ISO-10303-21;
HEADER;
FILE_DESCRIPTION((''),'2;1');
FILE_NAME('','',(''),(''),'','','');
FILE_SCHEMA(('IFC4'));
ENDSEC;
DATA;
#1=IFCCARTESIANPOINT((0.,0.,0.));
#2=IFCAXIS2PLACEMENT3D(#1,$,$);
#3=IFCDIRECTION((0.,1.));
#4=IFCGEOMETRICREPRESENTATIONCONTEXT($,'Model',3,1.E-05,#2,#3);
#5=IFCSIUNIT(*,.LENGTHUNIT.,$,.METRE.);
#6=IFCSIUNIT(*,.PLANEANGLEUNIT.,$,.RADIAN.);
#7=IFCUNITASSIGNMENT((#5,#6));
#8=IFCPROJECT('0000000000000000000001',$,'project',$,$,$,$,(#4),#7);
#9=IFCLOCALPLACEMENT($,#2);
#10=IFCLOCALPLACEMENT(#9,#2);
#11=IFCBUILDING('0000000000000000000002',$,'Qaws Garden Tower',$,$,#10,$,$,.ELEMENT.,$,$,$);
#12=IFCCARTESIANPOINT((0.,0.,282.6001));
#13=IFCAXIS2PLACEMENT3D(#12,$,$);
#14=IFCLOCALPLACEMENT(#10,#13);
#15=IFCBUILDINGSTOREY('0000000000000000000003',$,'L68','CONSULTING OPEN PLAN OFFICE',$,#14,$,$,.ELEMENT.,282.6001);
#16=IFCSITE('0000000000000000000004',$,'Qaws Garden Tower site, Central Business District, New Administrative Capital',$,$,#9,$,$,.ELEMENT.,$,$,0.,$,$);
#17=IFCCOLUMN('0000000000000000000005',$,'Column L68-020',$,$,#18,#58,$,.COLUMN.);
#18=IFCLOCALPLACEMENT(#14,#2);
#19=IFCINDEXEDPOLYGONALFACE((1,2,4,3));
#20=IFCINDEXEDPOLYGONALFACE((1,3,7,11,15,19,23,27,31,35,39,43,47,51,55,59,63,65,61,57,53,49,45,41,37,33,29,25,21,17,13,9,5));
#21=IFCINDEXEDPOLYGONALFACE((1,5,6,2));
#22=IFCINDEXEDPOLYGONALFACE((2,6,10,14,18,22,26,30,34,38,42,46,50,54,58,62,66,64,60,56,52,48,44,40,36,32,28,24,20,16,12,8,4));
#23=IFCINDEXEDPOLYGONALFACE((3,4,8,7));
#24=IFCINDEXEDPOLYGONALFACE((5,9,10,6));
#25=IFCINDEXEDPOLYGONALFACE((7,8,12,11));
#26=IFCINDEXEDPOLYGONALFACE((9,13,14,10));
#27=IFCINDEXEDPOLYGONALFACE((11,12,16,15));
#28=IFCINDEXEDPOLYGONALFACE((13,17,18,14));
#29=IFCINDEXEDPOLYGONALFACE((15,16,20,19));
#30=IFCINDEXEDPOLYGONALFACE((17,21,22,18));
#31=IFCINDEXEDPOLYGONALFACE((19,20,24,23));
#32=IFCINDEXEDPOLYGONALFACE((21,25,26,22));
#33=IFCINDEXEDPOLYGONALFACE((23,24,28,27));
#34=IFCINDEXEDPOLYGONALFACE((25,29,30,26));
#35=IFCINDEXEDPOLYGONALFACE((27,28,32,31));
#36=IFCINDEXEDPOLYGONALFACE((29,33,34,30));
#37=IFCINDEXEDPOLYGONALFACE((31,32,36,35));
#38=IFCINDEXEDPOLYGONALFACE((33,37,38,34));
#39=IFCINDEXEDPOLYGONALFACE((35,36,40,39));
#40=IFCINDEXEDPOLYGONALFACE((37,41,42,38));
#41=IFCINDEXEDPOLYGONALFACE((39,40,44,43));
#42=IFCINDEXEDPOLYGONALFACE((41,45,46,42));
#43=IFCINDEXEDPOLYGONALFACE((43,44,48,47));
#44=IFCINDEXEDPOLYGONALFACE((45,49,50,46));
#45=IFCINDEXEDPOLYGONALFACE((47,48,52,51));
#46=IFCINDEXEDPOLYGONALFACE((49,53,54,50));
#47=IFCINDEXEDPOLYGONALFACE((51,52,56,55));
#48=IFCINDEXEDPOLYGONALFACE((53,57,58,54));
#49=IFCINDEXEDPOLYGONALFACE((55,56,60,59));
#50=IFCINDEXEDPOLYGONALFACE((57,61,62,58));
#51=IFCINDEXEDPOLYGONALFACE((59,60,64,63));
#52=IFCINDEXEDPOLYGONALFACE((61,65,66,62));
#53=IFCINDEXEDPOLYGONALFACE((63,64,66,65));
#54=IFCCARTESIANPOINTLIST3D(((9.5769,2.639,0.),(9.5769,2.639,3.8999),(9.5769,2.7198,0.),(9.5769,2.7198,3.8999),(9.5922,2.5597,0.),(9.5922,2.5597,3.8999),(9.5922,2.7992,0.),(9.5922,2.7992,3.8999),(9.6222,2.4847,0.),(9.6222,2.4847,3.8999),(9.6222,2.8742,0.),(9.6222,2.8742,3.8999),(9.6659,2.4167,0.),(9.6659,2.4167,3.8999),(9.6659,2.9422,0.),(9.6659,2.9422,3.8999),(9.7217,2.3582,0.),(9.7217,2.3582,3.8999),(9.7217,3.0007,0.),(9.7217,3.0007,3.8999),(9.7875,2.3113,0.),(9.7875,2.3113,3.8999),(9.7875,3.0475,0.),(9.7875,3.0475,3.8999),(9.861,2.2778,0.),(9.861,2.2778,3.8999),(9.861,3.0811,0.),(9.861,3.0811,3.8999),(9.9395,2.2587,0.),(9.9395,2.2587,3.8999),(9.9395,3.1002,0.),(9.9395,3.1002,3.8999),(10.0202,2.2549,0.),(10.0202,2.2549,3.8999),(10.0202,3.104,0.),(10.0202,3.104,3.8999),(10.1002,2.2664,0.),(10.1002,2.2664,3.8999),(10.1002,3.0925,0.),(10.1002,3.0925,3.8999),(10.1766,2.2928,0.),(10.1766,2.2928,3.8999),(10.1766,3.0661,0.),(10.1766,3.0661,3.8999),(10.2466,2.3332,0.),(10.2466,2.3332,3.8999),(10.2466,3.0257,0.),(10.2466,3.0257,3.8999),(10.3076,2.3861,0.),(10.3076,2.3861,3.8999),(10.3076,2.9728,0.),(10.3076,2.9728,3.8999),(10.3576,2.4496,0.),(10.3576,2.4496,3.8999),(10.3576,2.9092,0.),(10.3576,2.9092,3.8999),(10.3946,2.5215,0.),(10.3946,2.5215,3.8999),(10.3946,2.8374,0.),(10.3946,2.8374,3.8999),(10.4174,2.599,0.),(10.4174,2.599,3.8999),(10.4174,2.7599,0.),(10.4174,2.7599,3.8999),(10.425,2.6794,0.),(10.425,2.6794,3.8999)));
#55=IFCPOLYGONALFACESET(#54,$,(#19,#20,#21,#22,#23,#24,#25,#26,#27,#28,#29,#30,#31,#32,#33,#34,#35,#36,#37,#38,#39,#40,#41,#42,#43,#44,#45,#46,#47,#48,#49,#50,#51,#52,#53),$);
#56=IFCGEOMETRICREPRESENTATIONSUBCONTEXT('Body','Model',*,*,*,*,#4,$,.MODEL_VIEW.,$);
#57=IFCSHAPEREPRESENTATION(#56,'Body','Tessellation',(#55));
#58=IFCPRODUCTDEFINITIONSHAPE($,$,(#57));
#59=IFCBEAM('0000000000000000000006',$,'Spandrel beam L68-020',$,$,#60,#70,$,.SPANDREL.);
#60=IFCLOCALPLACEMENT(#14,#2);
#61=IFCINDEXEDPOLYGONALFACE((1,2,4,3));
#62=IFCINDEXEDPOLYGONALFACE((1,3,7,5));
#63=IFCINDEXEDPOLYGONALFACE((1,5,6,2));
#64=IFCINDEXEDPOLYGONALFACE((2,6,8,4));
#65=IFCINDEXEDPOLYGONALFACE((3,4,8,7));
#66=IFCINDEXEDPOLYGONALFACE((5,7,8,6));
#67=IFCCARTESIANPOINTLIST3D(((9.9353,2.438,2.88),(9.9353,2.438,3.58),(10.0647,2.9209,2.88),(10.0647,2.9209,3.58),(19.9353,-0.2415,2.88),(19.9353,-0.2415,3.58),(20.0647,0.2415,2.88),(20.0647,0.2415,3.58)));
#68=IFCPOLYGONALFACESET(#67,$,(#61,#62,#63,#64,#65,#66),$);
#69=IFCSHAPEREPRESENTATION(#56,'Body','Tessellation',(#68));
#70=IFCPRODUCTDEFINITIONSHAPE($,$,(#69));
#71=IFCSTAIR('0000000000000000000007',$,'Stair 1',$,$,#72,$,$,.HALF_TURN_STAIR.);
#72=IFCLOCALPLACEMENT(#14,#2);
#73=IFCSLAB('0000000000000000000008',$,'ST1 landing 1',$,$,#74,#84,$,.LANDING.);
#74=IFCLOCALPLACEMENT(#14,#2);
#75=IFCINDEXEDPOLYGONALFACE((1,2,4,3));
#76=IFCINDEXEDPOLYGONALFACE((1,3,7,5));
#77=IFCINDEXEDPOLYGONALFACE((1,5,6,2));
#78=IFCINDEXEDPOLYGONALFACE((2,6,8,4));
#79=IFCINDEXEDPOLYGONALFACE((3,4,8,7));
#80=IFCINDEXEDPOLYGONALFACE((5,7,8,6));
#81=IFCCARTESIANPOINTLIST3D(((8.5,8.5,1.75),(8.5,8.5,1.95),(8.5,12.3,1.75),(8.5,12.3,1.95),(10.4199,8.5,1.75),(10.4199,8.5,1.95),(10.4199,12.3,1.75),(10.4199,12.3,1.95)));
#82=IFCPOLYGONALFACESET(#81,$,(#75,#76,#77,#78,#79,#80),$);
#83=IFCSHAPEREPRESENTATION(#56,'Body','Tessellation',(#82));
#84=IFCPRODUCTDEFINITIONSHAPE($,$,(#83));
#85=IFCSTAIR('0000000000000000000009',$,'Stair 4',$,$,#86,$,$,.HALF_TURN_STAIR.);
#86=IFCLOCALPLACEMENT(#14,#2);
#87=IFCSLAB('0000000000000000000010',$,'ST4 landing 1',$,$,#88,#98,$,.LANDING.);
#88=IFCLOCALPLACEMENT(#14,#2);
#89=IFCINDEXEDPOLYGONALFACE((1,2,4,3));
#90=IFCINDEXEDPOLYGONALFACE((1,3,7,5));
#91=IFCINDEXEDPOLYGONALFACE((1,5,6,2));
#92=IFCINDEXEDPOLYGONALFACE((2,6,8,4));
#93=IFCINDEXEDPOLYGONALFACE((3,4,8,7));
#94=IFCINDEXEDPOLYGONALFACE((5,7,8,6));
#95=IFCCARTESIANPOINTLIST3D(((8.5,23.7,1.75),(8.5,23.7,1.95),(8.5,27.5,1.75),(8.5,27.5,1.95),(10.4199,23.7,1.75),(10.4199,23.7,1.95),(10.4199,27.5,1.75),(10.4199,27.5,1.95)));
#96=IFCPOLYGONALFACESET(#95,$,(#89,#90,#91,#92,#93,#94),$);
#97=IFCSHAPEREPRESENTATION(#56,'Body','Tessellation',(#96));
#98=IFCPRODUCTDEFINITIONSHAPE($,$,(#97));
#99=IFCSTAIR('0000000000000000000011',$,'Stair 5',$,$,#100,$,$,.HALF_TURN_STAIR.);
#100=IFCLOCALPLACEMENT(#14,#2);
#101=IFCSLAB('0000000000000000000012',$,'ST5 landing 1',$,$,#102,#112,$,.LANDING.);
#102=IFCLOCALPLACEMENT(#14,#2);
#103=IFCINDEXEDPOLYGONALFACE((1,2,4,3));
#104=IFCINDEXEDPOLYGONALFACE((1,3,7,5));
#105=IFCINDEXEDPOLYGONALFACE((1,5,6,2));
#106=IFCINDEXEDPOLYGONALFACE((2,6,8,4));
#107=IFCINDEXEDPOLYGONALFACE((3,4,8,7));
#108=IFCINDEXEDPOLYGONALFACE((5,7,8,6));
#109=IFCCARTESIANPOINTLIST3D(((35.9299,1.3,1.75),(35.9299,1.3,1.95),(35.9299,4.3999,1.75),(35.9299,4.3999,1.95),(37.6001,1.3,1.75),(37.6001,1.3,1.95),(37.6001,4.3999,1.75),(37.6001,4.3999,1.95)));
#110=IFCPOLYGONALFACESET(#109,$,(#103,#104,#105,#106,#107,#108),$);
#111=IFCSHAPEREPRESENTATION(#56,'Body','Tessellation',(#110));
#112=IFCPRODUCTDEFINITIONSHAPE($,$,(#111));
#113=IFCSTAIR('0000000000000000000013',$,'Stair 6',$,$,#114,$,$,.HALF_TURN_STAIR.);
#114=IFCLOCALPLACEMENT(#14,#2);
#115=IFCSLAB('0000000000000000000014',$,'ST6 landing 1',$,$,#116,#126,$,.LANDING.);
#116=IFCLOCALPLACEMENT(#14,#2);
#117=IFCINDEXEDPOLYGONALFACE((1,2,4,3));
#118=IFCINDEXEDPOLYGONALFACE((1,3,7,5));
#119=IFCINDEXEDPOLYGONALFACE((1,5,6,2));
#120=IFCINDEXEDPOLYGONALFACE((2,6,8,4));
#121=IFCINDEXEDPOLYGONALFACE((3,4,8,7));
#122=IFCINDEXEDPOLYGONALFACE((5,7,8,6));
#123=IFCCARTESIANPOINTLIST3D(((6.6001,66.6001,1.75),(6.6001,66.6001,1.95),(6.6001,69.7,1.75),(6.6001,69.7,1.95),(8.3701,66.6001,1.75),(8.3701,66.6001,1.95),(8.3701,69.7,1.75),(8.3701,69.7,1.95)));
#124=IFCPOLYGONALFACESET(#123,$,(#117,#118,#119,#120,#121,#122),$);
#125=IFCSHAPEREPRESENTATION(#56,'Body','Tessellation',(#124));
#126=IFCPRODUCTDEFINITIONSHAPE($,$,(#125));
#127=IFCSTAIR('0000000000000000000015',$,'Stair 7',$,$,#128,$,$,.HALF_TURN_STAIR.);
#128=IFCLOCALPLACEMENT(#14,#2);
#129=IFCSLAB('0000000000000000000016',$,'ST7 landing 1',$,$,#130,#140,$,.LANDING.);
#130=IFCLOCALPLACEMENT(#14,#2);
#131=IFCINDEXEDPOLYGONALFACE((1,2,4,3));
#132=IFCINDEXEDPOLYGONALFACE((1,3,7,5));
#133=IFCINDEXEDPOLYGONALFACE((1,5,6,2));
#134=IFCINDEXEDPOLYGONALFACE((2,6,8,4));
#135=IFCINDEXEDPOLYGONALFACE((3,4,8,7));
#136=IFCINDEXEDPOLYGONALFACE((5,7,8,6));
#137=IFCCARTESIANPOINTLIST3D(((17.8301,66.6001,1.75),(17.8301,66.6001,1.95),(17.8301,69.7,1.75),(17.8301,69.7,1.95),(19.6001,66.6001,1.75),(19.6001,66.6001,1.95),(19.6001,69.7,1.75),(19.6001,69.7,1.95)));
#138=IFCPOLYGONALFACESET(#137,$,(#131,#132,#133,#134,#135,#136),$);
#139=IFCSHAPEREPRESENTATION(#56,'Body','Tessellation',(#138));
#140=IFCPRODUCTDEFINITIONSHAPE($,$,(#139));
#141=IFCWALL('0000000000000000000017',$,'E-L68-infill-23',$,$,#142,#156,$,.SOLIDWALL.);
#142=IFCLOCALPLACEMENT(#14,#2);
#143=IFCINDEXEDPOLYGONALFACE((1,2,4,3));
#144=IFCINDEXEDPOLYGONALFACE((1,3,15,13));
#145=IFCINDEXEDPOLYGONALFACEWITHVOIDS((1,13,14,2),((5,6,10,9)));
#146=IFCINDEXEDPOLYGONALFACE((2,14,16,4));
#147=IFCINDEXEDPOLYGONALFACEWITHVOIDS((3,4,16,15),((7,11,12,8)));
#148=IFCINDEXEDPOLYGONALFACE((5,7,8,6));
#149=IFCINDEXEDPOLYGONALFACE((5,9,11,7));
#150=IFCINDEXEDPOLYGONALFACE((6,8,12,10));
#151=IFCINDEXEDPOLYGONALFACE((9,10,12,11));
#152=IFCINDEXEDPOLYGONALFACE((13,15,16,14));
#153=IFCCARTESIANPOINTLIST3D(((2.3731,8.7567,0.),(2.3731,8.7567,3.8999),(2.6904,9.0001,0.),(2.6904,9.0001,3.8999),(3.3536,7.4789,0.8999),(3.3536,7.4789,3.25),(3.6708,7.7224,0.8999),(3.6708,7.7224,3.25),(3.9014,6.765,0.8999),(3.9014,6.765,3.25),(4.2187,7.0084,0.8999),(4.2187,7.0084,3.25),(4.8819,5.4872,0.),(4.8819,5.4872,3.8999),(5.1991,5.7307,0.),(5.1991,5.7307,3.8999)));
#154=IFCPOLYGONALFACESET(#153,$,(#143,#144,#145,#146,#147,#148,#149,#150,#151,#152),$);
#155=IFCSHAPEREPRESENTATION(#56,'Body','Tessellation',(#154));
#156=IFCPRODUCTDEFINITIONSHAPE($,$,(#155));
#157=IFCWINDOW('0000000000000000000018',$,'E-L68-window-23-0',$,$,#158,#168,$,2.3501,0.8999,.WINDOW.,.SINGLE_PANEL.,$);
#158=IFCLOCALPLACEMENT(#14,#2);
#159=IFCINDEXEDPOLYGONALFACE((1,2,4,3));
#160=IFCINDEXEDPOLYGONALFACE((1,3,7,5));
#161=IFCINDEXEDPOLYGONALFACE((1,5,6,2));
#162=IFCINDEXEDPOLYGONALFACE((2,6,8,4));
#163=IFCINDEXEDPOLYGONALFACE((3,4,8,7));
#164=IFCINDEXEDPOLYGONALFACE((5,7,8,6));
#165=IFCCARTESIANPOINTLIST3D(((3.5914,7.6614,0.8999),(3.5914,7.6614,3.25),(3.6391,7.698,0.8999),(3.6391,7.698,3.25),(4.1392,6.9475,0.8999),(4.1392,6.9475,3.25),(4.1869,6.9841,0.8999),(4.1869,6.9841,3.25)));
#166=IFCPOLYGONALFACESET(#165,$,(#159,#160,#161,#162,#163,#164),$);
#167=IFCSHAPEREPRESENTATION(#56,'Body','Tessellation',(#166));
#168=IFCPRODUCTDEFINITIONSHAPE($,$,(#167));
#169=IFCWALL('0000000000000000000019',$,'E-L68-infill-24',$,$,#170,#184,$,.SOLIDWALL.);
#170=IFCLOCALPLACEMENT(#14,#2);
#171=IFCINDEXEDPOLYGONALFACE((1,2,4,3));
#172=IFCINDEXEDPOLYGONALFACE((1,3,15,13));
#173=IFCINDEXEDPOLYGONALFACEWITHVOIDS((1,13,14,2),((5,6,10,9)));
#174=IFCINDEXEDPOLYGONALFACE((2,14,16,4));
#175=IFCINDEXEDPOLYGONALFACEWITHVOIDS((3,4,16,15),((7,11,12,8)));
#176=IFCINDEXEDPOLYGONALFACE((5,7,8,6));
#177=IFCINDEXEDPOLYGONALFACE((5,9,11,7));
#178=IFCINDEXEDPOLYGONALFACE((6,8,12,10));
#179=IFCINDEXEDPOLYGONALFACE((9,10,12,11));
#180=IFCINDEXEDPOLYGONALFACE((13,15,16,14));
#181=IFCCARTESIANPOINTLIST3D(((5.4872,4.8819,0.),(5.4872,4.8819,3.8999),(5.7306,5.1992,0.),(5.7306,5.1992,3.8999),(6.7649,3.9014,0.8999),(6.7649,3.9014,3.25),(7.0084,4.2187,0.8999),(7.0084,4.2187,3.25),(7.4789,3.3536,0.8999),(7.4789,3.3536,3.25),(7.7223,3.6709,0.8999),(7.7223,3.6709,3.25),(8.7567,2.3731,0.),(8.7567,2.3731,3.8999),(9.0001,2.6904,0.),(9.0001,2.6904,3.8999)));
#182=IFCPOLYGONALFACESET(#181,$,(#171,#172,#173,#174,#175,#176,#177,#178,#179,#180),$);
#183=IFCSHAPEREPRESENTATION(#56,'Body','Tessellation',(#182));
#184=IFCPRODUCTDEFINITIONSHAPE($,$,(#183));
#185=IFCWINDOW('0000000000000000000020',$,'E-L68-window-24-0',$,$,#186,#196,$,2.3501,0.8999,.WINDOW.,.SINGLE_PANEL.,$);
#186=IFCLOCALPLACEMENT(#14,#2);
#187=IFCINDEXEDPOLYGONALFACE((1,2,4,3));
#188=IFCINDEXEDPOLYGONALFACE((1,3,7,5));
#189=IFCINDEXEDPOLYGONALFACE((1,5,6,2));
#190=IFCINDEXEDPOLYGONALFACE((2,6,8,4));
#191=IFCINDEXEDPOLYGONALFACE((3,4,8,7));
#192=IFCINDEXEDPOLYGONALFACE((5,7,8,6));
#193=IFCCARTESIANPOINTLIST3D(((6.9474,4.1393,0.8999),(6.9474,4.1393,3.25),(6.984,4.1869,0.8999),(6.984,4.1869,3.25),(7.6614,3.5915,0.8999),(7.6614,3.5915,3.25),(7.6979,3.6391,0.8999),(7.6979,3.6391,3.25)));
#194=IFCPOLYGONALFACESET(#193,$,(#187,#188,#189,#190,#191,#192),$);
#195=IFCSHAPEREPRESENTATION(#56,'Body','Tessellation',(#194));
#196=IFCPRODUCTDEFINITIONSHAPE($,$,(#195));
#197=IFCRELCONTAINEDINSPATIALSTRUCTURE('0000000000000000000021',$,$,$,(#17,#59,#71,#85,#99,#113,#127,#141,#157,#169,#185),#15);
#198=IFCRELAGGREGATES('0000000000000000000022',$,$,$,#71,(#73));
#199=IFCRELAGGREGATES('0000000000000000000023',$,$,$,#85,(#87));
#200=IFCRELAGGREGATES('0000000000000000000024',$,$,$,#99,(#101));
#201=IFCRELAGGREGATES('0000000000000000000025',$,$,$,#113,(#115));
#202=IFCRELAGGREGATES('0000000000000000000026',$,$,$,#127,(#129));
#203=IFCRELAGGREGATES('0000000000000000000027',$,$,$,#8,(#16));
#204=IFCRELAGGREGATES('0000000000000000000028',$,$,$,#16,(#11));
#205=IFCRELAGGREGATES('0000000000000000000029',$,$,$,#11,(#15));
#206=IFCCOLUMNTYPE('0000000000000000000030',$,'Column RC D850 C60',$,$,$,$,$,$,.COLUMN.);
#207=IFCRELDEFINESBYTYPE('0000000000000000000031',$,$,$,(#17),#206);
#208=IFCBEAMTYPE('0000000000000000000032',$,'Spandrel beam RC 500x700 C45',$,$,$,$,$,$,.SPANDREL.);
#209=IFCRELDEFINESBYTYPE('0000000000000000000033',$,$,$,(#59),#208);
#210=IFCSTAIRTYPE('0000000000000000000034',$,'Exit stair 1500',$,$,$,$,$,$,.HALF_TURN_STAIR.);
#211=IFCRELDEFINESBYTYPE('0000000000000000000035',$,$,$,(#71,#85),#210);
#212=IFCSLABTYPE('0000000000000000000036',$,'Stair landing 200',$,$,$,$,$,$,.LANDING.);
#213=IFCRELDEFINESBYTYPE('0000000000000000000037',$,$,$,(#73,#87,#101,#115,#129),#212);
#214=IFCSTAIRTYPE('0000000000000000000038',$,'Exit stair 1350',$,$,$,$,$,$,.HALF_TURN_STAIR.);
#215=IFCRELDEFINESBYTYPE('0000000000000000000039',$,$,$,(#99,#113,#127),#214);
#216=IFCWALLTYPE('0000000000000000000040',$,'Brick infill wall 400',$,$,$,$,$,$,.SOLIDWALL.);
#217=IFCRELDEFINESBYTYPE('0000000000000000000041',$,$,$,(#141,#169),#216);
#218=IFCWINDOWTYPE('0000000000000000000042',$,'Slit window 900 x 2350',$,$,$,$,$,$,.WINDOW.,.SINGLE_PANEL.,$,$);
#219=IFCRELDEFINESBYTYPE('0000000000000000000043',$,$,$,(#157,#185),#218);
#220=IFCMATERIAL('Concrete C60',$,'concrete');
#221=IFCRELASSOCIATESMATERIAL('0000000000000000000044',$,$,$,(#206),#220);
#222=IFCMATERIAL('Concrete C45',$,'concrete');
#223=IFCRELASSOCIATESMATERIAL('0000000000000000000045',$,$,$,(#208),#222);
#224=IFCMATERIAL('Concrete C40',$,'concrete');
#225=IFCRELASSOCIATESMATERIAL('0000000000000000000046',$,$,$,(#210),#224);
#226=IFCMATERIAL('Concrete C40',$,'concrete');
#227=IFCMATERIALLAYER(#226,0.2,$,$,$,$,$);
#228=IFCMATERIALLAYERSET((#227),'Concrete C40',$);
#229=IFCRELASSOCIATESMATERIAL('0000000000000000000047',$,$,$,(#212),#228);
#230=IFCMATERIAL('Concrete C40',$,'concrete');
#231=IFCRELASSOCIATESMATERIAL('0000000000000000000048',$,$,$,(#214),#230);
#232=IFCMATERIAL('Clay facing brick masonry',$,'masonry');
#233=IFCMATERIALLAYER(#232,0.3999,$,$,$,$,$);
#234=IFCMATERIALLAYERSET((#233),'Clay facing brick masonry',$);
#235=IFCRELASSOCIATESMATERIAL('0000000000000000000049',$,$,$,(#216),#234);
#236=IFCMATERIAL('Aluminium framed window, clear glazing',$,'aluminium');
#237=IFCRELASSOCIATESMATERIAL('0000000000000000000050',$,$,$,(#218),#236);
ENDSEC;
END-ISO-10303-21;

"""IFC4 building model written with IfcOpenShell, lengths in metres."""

from ifc_helpers import new_model, si_unit, direction, frame, frame_2d, origin, origin_2d, place, context, subcontext, project, spatial, polyline, rectangle, circle, outline, extrude, material, layer, layer_set, material_profile, profile_set, type_object, element, fill, aggregate, save


model = new_model("IFC4")

# Units and contexts
model_context = context("Model", 3, precision=1e-05, world=origin(), true_north=direction((0.0, 1.0)))
body_context = subcontext(model_context, "Body", "Model", "MODEL_VIEW")
ifc_project = project(units=[si_unit("LENGTHUNIT", "METRE"), si_unit("PLANEANGLEUNIT", "RADIAN")], contexts=[model_context])

# Site, building, storey
site_placement = place(None, origin())
site = spatial("IfcSite", under=ifc_project, at=site_placement, Name="Qaws Garden Tower site, Central Business District, New Administrative Capital", CompositionType="ELEMENT", RefElevation=0.0)
building_placement = place(site_placement, origin())
building = spatial("IfcBuilding", under=site, at=building_placement, Name="Qaws Garden Tower", CompositionType="ELEMENT")
storey_placement = place(building_placement, frame((0.0, 0.0, 282.6001)))
storey = spatial("IfcBuildingStorey", under=building, at=storey_placement, Name="L68", Description="CONSULTING OPEN PLAN OFFICE", CompositionType="ELEMENT", Elevation=282.6001)

# Column
ifc_material_1 = material(Name="Concrete C60", Category="concrete")
ifc_material_profile_1 = material_profile(ifc_material_1, circle(Radius=0.425, at=origin_2d()), Name="RC D850")
ifc_profile_set_1 = profile_set([ifc_material_profile_1], Name="Concrete C60")
column_type = type_object("IfcColumnType", Name="Column RC D850 C60", PredefinedType="COLUMN", material=ifc_profile_set_1)
column_placement = place(storey_placement, frame((10.0, 2.6794, 0.0), z_axis=(0.0, 0.0, 1.0), x_axis=(1.0, 0.0, 0.0)))
element("IfcColumn", 1, at=column_placement, inside=storey, type_object=column_type, Name="Column L68-020", PredefinedType="COLUMN", context=body_context, shape_type="SweptSolid", body=[
    extrude(circle(Radius=0.425, at=origin_2d()), origin(), (0.0, 0.0, 1.0), 3.8999),
])

# Beam
ifc_material_2 = material(Name="Concrete C45", Category="concrete")
ifc_material_profile_2 = material_profile(ifc_material_2, rectangle(XDim=0.5, YDim=0.7, at=origin_2d()), Name="RC 500x700")
ifc_profile_set_2 = profile_set([ifc_material_profile_2], Name="Concrete C45")
beam_type = type_object("IfcBeamType", Name="Spandrel beam RC 500x700 C45", PredefinedType="SPANDREL", material=ifc_profile_set_2)
beam_placement = place(storey_placement, frame((10.0, 2.6794, 3.23), z_axis=(0.965927, -0.258815, 0.0), x_axis=(0.258815, 0.965927, 0.0)))
element("IfcBeam", 2, at=beam_placement, inside=storey, type_object=beam_type, Name="Spandrel beam L68-020", PredefinedType="SPANDREL", context=body_context, shape_type="SweptSolid", body=[
    extrude(rectangle(XDim=0.5, YDim=0.7, at=origin_2d()), origin(), (0.0, 0.0, 1.0), 10.3528),
])

# Stairs, slabs
ifc_material_3 = material(Name="Concrete C40", Category="concrete")
stair_type_1 = type_object("IfcStairType", Name="Exit stair 1500", PredefinedType="HALF_TURN_STAIR", material=ifc_material_3)
placement_1 = place(storey_placement, origin())
stair_1 = element("IfcStair", 3, at=placement_1, inside=storey, type_object=stair_type_1, Name="Stair 1", PredefinedType="HALF_TURN_STAIR")
ifc_material_4 = material(Name="Concrete C40", Category="concrete")
ifc_layer_1 = layer(ifc_material_4, 0.2)
ifc_layer_set_1 = layer_set([ifc_layer_1], Name="Concrete C40")
slab_type = type_object("IfcSlabType", Name="Stair landing 200", PredefinedType="LANDING", material=ifc_layer_set_1)
placement_2 = place(storey_placement, frame((0.0, 0.0, 1.75)))
slab_1 = element("IfcSlab", 4, at=placement_2, type_object=slab_type, Name="ST1 landing 1", PredefinedType="LANDING", context=body_context, shape_type="SweptSolid", body=[
    extrude(outline(polyline([(8.5, 8.5), (10.4199, 8.5), (10.4199, 12.3), (8.5, 12.3), (8.5, 8.5)])), origin(), (0.0, 0.0, 1.0), 0.2),
])
aggregate(stair_1, [slab_1])
stair_2 = element("IfcStair", 5, at=placement_1, inside=storey, type_object=stair_type_1, Name="Stair 4", PredefinedType="HALF_TURN_STAIR")
slab_2 = element("IfcSlab", 6, at=placement_2, type_object=slab_type, Name="ST4 landing 1", PredefinedType="LANDING", context=body_context, shape_type="SweptSolid", body=[
    extrude(outline(polyline([(8.5, 23.7), (10.4199, 23.7), (10.4199, 27.5), (8.5, 27.5), (8.5, 23.7)])), origin(), (0.0, 0.0, 1.0), 0.2),
])
aggregate(stair_2, [slab_2])
ifc_material_5 = material(Name="Concrete C40", Category="concrete")
stair_type_2 = type_object("IfcStairType", Name="Exit stair 1350", PredefinedType="HALF_TURN_STAIR", material=ifc_material_5)
stair_3 = element("IfcStair", 7, at=placement_1, inside=storey, type_object=stair_type_2, Name="Stair 5", PredefinedType="HALF_TURN_STAIR")
slab_3 = element("IfcSlab", 8, at=placement_2, type_object=slab_type, Name="ST5 landing 1", PredefinedType="LANDING", context=body_context, shape_type="SweptSolid", body=[
    extrude(outline(polyline([(35.9299, 1.3), (37.6001, 1.3), (37.6001, 4.3999), (35.9299, 4.3999), (35.9299, 1.3)])), origin(), (0.0, 0.0, 1.0), 0.2),
])
aggregate(stair_3, [slab_3])
stair_4 = element("IfcStair", 9, at=placement_1, inside=storey, type_object=stair_type_2, Name="Stair 6", PredefinedType="HALF_TURN_STAIR")
slab_4 = element("IfcSlab", 10, at=placement_2, type_object=slab_type, Name="ST6 landing 1", PredefinedType="LANDING", context=body_context, shape_type="SweptSolid", body=[
    extrude(outline(polyline([(6.6001, 66.6001), (8.3701, 66.6001), (8.3701, 69.7), (6.6001, 69.7), (6.6001, 66.6001)])), origin(), (0.0, 0.0, 1.0), 0.2),
])
aggregate(stair_4, [slab_4])
stair_5 = element("IfcStair", 11, at=placement_1, inside=storey, type_object=stair_type_2, Name="Stair 7", PredefinedType="HALF_TURN_STAIR")
slab_5 = element("IfcSlab", 12, at=placement_2, type_object=slab_type, Name="ST7 landing 1", PredefinedType="LANDING", context=body_context, shape_type="SweptSolid", body=[
    extrude(outline(polyline([(17.8301, 66.6001), (19.6001, 66.6001), (19.6001, 69.7), (17.8301, 69.7), (17.8301, 66.6001)])), origin(), (0.0, 0.0, 1.0), 0.2),
])
aggregate(stair_5, [slab_5])

# Walls, openings, windows
ifc_material_6 = material(Name="Clay facing brick masonry", Category="masonry")
ifc_layer_2 = layer(ifc_material_6, 0.3999)
ifc_layer_set_2 = layer_set([ifc_layer_2], Name="Clay facing brick masonry")
wall_type_1 = type_object("IfcWallType", Name="Brick infill wall 400", PredefinedType="SOLIDWALL", material=ifc_layer_set_2)
wall_1_placement = place(storey_placement, frame((2.5317, 8.8784, 0.0), z_axis=(0.0, 0.0, 1.0), x_axis=(0.60876, -0.793355, 0.0)))
wall_1 = element("IfcWall", 13, at=wall_1_placement, inside=storey, type_object=wall_type_1, Name="E-L68-infill-23", PredefinedType="SOLIDWALL", context=body_context, shape_type="SweptSolid", body=[
    extrude(rectangle(XDim=4.1211, YDim=0.3999, at=frame_2d((2.0605, 0.0))), origin(), (0.0, 0.0, 1.0), 3.8999),
])
opening_1_placement = place(wall_1_placement, frame((1.6106, 0.0, 0.8999)))
opening_1 = element("IfcOpeningElement", 14, at=opening_1_placement, cuts=wall_1, PredefinedType="OPENING", context=body_context, shape_type="SweptSolid", body=[
    extrude(rectangle(XDim=0.8999, YDim=2.3501, at=frame_2d((0.45, 1.175))), frame((0.0, 0.21, 0.0), z_axis=(0.0, -1.0, 0.0), x_axis=(1.0, 0.0, 0.0)), (0.0, 0.0, 1.0), 0.4199),
])
ifc_material_7 = material(Name="Aluminium framed window, clear glazing", Category="aluminium")
window_type = type_object("IfcWindowType", Name="Slit window 900 x 2350", PartitioningType="SINGLE_PANEL", PredefinedType="WINDOW", material=ifc_material_7)
window_1_placement = place(opening_1_placement, origin())
window_1 = element("IfcWindow", 15, at=window_1_placement, inside=storey, type_object=window_type, Name="E-L68-window-23-0", OverallHeight=2.3501, OverallWidth=0.8999, PartitioningType="SINGLE_PANEL", PredefinedType="WINDOW", context=body_context, shape_type="SweptSolid", body=[
    extrude(rectangle(XDim=0.8999, YDim=2.3501, at=frame_2d((0.45, 1.175))), frame((0.0, 0.1599, 0.0), z_axis=(0.0, -1.0, 0.0), x_axis=(1.0, 0.0, 0.0)), (0.0, 0.0, 1.0), 0.0601),
])
fill(opening_1, window_1)
wall_2_placement = place(storey_placement, frame((5.6089, 5.0405, 0.0), z_axis=(0.0, 0.0, 1.0), x_axis=(0.793355, -0.60876, 0.0)))
wall_2 = element("IfcWall", 16, at=wall_2_placement, inside=storey, type_object=wall_type_1, Name="E-L68-infill-24", PredefinedType="SOLIDWALL", context=body_context, shape_type="SweptSolid", body=[
    extrude(rectangle(XDim=4.1211, YDim=0.3999, at=frame_2d((2.0605, 0.0))), origin(), (0.0, 0.0, 1.0), 3.8999),
])
opening_2_placement = place(wall_2_placement, frame((1.6106, 0.0, 0.8999)))
opening_2 = element("IfcOpeningElement", 17, at=opening_2_placement, cuts=wall_2, PredefinedType="OPENING", context=body_context, shape_type="SweptSolid", body=[
    extrude(rectangle(XDim=0.8999, YDim=2.3501, at=frame_2d((0.45, 1.175))), frame((0.0, 0.21, 0.0), z_axis=(0.0, -1.0, 0.0), x_axis=(1.0, 0.0, 0.0)), (0.0, 0.0, 1.0), 0.4199),
])
window_2_placement = place(opening_2_placement, origin())
window_2 = element("IfcWindow", 18, at=window_2_placement, inside=storey, type_object=window_type, Name="E-L68-window-24-0", OverallHeight=2.3501, OverallWidth=0.8999, PartitioningType="SINGLE_PANEL", PredefinedType="WINDOW", context=body_context, shape_type="SweptSolid", body=[
    extrude(rectangle(XDim=0.8999, YDim=2.3501, at=frame_2d((0.45, 1.175))), frame((0.0, 0.1599, 0.0), z_axis=(0.0, -1.0, 0.0), x_axis=(1.0, 0.0, 0.0)), (0.0, 0.0, 1.0), 0.0601),
])
fill(opening_2, window_2)

save(model, "model.ifc")
